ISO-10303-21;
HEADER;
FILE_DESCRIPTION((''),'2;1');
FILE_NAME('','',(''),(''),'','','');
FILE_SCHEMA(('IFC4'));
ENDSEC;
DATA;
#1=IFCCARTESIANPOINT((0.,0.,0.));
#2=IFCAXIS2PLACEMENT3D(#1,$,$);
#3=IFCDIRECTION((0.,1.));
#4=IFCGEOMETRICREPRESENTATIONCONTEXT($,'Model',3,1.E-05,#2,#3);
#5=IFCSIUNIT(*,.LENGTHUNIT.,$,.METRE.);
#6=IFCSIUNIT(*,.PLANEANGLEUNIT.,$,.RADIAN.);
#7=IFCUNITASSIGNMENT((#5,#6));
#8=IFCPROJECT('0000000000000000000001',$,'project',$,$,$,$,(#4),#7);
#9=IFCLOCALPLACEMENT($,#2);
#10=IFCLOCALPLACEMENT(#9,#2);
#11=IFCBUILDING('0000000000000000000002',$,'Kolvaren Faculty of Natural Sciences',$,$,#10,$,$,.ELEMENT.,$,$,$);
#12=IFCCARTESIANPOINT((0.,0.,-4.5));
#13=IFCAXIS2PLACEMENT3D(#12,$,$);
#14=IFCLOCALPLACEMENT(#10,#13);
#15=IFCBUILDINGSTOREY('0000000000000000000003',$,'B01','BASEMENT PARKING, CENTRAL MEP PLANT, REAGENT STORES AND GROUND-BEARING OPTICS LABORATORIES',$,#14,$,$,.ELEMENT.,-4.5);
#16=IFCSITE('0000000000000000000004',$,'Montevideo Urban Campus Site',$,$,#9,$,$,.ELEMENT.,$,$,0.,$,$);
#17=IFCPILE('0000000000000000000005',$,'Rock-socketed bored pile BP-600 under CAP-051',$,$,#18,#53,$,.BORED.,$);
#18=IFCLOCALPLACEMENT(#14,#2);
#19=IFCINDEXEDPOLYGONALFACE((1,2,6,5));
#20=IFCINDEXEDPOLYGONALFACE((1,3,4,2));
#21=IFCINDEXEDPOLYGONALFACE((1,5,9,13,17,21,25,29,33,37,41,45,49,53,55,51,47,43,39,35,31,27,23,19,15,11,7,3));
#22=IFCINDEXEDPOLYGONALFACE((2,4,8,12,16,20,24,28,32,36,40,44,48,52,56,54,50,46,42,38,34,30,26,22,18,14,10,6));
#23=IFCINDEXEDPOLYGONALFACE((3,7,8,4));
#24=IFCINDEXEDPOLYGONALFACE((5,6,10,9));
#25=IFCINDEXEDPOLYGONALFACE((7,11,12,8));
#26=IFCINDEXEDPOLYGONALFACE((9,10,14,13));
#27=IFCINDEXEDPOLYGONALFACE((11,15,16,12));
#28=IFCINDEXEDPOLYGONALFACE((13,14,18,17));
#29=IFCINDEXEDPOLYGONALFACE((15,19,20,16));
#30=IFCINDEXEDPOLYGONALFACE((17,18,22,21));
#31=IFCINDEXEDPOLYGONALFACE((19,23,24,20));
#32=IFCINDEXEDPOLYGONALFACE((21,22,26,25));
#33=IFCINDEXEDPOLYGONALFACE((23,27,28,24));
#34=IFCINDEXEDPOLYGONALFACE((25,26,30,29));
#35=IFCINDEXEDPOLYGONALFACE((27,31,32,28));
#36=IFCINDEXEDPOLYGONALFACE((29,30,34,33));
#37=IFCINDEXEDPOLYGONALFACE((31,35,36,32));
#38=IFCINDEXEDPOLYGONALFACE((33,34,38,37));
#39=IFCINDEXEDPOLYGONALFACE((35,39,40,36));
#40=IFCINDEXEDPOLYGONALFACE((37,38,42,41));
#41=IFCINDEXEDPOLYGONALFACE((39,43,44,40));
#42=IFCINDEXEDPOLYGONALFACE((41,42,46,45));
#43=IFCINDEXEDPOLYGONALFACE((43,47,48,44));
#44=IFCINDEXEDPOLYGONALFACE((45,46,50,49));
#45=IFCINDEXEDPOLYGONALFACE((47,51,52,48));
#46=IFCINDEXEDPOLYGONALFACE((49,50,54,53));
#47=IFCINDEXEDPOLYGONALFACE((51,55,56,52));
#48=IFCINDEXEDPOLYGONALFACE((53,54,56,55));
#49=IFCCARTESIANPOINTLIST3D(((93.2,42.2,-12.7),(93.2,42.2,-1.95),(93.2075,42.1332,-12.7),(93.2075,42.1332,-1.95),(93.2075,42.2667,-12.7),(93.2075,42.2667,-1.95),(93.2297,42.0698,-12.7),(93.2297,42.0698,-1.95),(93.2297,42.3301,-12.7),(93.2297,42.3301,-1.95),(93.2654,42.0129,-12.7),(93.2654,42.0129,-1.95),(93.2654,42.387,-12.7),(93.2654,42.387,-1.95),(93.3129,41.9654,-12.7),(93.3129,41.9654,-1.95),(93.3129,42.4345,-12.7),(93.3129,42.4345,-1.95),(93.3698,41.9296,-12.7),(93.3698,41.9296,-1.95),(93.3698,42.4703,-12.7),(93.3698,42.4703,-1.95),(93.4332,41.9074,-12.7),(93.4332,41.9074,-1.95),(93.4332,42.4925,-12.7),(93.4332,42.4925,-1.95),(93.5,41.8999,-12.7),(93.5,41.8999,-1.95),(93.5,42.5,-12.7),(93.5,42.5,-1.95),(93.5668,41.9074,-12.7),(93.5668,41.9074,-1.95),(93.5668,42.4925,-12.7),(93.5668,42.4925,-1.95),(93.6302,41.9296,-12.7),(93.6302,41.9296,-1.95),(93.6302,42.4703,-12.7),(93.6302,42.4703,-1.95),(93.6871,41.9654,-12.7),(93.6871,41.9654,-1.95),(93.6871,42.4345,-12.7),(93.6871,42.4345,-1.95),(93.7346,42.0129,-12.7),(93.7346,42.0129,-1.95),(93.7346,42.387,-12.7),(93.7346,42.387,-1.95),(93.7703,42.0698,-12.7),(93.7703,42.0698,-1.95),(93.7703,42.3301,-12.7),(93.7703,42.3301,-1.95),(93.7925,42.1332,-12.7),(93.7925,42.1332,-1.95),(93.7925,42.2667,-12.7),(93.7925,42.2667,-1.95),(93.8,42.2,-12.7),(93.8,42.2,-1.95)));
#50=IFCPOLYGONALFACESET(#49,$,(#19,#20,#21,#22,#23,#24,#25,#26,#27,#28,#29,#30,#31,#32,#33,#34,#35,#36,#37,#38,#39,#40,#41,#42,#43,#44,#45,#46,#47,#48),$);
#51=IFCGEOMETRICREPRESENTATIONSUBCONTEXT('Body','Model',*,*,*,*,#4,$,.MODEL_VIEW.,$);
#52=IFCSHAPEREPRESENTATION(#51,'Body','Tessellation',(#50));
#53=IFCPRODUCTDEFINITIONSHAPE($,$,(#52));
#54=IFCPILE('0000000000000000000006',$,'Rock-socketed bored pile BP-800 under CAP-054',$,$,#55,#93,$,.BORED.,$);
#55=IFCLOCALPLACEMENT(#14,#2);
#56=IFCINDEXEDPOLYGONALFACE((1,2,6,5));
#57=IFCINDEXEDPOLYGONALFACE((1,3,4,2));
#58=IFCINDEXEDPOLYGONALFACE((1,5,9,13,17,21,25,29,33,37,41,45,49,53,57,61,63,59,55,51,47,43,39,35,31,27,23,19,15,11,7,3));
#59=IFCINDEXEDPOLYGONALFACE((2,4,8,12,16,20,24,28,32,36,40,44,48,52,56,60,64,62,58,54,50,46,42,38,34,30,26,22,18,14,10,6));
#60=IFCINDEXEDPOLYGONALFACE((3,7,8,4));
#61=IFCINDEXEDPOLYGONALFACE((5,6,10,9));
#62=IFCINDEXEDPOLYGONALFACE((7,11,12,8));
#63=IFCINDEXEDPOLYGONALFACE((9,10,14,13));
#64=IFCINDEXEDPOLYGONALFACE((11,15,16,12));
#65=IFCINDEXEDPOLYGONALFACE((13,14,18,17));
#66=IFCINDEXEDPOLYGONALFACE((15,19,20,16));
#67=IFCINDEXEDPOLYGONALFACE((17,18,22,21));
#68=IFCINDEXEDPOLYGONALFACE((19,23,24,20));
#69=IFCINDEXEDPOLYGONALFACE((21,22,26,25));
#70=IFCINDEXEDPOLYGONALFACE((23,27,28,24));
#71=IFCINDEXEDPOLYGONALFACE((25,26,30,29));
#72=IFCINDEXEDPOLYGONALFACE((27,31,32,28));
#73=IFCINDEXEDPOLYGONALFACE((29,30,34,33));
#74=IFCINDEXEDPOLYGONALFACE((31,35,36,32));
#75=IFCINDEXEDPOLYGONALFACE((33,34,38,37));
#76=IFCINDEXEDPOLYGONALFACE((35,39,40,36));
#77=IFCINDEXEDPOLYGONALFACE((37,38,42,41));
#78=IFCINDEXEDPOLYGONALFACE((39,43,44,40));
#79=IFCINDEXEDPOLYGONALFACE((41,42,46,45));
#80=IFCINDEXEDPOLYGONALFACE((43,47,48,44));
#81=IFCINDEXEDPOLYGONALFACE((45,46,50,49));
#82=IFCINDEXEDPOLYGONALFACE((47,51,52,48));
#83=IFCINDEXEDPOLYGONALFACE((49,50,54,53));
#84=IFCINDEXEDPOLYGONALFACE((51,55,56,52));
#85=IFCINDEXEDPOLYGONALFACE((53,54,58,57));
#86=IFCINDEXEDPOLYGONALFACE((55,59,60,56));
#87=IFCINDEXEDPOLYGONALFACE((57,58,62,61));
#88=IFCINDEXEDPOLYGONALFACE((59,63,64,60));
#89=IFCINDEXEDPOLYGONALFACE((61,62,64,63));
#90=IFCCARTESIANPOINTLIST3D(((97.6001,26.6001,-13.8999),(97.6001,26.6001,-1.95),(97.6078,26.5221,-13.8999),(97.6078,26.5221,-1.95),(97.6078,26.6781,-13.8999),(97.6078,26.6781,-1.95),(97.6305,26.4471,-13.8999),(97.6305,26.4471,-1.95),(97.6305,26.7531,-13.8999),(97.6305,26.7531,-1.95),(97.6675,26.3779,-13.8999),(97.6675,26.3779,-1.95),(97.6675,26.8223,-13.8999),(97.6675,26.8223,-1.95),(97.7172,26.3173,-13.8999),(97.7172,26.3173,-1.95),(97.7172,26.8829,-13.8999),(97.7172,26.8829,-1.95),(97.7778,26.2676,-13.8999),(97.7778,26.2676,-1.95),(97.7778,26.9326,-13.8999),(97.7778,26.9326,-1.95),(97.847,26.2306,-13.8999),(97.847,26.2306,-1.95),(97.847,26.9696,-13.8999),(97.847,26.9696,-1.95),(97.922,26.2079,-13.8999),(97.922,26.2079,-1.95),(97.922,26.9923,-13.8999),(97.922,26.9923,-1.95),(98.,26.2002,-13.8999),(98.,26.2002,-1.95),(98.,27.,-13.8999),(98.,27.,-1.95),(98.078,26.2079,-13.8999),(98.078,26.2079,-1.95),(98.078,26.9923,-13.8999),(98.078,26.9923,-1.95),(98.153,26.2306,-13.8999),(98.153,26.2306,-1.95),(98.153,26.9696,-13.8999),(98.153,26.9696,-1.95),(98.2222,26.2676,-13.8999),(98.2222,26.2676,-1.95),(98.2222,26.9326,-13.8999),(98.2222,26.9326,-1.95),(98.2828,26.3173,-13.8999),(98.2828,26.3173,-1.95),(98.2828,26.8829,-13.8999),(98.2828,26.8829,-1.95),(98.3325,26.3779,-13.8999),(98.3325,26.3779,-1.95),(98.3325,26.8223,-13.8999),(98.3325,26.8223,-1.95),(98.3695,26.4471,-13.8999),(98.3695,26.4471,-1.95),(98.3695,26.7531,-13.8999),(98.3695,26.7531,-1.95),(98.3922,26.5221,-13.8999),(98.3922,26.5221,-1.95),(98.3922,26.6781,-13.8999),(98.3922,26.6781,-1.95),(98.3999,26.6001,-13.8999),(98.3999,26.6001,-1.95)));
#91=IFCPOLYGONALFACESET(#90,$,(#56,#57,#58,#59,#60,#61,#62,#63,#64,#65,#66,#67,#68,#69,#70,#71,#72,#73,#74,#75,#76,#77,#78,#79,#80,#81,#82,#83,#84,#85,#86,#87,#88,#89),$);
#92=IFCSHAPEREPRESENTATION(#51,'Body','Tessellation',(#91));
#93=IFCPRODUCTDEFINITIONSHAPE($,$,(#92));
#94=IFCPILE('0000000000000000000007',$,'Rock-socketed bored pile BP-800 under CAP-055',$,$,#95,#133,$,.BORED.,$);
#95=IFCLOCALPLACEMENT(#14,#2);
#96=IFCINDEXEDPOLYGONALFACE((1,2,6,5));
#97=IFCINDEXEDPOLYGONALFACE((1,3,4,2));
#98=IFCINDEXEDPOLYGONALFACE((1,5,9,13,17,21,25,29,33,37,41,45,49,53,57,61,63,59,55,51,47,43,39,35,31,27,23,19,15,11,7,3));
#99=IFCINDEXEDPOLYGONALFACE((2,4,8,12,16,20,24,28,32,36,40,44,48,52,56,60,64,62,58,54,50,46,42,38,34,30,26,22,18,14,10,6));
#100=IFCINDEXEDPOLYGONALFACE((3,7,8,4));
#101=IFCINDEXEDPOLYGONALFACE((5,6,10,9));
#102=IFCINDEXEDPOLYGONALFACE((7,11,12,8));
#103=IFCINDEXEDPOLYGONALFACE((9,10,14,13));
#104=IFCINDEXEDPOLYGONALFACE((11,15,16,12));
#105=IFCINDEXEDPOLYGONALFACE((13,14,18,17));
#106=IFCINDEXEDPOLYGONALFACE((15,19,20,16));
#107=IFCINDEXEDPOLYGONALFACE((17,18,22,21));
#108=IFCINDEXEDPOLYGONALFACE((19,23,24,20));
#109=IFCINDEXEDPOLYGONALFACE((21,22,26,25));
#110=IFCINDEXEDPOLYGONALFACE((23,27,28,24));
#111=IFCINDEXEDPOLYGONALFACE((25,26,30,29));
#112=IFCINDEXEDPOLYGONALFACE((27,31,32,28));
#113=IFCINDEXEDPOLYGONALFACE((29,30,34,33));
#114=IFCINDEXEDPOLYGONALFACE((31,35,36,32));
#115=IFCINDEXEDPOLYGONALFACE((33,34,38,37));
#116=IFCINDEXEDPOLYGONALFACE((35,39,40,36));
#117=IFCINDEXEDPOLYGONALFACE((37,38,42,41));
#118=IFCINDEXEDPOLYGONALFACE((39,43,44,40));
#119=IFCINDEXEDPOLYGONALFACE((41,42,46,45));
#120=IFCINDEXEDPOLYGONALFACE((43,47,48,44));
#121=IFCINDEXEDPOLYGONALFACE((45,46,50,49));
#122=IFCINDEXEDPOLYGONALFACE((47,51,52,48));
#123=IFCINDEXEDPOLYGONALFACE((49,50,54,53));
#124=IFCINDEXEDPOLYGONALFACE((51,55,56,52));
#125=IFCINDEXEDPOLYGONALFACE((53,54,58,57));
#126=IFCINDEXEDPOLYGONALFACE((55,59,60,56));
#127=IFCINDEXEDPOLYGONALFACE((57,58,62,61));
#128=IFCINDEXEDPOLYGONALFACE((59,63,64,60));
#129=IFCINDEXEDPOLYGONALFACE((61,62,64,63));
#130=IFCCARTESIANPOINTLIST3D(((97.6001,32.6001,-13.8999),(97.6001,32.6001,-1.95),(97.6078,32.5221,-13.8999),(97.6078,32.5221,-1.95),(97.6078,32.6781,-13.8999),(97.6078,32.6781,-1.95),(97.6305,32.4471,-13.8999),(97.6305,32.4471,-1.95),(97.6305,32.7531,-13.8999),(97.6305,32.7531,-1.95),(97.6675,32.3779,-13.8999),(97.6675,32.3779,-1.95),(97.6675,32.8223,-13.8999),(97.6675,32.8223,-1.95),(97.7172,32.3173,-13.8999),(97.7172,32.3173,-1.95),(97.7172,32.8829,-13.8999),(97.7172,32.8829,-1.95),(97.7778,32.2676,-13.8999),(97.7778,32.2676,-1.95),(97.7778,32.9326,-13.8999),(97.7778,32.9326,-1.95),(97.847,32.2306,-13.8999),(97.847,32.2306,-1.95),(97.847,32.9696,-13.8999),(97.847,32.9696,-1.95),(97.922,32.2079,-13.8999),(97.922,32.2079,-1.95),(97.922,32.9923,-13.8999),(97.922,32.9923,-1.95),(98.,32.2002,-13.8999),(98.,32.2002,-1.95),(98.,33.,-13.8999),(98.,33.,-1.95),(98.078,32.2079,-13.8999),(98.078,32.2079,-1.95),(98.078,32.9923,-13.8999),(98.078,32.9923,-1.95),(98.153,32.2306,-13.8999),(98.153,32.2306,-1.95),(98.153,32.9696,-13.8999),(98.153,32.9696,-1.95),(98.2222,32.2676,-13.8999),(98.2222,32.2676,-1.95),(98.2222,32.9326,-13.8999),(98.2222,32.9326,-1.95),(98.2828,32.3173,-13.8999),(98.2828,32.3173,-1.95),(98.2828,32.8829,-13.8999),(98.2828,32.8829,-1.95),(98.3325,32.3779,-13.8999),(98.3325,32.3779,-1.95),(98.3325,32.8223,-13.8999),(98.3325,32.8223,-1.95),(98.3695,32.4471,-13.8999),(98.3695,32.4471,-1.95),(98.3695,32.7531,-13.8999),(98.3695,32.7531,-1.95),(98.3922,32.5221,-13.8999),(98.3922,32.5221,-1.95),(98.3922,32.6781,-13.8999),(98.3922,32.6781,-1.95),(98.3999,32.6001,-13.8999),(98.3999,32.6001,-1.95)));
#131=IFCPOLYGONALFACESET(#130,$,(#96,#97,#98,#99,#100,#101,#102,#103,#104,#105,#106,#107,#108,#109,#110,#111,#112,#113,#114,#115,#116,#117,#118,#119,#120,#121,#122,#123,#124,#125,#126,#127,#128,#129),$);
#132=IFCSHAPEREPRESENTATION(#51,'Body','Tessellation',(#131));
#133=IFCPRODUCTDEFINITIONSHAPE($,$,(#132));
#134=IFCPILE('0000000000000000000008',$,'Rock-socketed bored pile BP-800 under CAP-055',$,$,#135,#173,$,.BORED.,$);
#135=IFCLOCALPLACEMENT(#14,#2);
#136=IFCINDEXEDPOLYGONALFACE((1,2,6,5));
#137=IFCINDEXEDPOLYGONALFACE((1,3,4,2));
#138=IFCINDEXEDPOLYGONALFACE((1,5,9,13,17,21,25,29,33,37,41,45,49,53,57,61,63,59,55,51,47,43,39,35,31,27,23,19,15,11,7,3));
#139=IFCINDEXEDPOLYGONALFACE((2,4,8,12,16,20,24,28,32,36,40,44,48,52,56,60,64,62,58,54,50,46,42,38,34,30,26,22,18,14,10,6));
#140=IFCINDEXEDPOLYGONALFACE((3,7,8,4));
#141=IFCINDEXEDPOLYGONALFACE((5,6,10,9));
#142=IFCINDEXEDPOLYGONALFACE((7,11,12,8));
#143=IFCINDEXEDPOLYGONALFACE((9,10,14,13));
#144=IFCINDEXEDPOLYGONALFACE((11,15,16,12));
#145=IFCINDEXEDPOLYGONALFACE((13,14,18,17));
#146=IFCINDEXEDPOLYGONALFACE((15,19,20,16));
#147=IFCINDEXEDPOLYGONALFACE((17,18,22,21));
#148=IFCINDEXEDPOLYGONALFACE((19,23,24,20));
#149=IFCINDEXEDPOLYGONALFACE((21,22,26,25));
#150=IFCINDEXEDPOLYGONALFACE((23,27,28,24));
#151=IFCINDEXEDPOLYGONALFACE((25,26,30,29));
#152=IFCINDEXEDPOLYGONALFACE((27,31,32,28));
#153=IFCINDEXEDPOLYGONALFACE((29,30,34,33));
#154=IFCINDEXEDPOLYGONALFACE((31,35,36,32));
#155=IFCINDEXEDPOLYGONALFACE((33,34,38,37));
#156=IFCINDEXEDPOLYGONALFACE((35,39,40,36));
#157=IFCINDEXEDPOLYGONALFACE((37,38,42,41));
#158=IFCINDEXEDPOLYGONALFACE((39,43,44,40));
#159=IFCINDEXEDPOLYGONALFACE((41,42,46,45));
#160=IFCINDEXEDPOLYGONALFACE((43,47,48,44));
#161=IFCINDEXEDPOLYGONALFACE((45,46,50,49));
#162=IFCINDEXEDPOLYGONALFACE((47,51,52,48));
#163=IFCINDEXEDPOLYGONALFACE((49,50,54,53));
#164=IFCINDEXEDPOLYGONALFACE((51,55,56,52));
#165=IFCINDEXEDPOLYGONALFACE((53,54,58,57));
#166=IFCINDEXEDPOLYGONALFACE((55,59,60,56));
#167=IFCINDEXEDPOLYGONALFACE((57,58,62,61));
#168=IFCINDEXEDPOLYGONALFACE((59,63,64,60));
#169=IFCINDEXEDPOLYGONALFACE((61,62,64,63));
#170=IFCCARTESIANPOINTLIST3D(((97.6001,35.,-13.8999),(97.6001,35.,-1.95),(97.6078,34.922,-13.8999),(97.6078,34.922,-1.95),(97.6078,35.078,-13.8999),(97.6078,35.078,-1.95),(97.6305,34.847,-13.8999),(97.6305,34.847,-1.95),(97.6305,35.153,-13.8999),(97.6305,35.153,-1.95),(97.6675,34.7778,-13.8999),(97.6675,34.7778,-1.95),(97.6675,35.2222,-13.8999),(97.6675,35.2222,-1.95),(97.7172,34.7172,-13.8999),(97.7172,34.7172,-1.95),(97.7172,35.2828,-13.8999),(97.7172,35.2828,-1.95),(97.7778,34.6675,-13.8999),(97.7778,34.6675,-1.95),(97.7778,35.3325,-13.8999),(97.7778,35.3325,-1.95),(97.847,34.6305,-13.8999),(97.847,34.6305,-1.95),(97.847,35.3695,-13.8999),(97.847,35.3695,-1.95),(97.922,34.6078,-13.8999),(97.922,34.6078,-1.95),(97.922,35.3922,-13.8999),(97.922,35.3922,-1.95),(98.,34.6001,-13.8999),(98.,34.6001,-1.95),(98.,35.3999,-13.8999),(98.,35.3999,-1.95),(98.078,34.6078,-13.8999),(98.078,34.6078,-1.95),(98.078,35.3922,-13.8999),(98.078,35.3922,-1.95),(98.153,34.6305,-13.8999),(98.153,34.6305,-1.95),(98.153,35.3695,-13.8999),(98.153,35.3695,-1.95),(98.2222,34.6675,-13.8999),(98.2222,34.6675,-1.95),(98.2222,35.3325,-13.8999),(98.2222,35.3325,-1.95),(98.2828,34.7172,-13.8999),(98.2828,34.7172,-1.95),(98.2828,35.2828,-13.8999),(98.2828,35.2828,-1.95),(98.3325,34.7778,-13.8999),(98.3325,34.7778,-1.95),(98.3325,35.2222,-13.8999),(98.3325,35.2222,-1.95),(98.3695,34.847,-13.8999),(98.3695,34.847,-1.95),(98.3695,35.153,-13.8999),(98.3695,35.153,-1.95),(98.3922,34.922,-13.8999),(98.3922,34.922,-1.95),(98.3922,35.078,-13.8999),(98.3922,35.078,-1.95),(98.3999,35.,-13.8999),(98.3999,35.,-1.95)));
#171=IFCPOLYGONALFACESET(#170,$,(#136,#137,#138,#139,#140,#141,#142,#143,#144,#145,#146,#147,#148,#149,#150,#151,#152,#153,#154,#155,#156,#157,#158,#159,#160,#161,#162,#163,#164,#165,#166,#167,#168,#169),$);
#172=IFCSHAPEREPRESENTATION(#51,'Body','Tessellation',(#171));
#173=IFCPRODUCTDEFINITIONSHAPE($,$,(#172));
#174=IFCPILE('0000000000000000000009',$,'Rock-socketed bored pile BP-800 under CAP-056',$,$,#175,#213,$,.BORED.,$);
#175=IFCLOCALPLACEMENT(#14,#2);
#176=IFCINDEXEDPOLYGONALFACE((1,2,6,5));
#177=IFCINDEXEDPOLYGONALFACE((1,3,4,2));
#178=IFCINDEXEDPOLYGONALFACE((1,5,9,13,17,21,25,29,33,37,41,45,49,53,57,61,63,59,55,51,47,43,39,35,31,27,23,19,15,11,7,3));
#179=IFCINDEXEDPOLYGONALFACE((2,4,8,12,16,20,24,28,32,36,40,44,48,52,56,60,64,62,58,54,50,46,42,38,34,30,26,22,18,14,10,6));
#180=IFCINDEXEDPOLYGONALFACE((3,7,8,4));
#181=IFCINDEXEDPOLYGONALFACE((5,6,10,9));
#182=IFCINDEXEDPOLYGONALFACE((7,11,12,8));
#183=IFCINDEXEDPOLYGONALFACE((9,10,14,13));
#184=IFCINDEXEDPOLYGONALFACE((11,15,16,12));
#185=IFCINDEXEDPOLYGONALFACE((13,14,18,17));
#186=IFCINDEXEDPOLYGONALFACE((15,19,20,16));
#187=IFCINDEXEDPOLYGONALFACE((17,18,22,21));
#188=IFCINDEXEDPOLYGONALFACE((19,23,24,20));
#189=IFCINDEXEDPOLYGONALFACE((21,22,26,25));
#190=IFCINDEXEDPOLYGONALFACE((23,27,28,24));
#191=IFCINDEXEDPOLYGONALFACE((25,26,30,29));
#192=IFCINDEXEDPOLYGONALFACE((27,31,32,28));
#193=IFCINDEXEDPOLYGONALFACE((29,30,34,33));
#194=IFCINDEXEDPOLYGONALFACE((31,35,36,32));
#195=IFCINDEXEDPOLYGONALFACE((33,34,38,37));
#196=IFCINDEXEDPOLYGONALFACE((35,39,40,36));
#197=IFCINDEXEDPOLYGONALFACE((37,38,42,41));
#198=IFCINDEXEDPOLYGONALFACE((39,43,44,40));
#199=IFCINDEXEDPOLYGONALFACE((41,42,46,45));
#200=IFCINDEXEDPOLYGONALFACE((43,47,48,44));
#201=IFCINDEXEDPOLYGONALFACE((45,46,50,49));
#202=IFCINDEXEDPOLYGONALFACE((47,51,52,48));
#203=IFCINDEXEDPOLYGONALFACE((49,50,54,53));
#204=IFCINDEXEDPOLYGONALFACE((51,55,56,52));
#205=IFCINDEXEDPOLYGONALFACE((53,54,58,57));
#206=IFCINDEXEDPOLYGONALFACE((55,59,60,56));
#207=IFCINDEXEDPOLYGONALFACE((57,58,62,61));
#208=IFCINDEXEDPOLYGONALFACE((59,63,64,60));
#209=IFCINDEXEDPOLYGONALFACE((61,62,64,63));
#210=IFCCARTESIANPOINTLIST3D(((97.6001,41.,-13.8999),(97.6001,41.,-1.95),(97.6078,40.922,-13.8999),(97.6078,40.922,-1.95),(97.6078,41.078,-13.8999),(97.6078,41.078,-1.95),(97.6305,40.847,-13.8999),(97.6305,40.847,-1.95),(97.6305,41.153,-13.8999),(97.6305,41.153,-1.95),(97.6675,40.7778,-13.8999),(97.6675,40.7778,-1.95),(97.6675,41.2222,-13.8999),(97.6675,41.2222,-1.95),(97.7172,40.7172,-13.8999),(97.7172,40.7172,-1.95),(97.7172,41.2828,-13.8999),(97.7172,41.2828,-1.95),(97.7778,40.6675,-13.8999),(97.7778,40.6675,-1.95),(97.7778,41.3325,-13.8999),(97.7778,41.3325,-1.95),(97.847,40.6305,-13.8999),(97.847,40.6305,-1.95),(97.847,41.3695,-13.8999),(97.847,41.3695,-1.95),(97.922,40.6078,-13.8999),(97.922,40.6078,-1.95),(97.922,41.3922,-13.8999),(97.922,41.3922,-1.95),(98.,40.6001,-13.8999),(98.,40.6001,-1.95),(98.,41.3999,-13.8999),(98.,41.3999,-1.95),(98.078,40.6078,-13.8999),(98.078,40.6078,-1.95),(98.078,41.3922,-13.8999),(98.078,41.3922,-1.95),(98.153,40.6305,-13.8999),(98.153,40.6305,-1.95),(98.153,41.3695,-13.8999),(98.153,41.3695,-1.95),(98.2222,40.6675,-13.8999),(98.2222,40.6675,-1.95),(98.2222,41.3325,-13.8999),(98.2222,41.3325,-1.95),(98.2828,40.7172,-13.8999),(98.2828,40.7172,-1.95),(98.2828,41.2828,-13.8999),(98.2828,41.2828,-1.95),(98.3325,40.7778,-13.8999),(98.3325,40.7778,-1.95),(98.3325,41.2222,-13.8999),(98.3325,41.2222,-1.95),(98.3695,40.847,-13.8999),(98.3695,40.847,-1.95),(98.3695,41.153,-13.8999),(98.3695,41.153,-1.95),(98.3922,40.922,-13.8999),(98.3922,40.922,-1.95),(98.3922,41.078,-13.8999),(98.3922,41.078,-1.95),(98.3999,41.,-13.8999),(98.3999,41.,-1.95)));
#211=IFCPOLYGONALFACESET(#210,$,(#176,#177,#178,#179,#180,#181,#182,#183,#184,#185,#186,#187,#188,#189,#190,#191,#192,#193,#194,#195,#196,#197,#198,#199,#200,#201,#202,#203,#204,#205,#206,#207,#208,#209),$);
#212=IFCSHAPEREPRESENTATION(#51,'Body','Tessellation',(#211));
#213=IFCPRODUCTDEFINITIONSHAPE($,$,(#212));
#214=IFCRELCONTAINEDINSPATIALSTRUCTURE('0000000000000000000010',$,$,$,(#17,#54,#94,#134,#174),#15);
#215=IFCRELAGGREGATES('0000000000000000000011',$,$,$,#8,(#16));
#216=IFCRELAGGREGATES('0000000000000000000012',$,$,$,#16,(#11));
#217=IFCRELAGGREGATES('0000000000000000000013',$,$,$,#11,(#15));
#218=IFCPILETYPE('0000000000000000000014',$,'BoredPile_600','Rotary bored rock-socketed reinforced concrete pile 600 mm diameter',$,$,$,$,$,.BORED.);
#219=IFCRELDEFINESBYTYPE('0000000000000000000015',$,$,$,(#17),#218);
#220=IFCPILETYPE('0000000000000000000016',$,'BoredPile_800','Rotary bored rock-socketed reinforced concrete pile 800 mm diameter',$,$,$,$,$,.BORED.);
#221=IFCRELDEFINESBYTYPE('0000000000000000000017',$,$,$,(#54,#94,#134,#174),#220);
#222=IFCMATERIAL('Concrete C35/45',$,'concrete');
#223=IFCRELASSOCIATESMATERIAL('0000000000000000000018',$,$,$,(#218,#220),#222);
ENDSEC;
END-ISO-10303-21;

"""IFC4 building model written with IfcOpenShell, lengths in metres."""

from ifc_helpers import new_model, si_unit, direction, frame, origin, origin_2d, place, context, subcontext, project, spatial, circle, extrude, material, material_profile, profile_set, type_object, element, save


model = new_model("IFC4")

# Units and contexts
model_context = context("Model", 3, precision=1e-05, world=origin(), true_north=direction((0.0, 1.0)))
body_context = subcontext(model_context, "Body", "Model", "MODEL_VIEW")
ifc_project = project(units=[si_unit("LENGTHUNIT", "METRE"), si_unit("PLANEANGLEUNIT", "RADIAN")], contexts=[model_context])

# Site, building, storey
site_placement = place(None, origin())
site = spatial("IfcSite", under=ifc_project, at=site_placement, Name="Montevideo Urban Campus Site", CompositionType="ELEMENT", RefElevation=0.0)
building_placement = place(site_placement, origin())
building = spatial("IfcBuilding", under=site, at=building_placement, Name="Kolvaren Faculty of Natural Sciences", CompositionType="ELEMENT")
storey_placement = place(building_placement, frame((0.0, 0.0, -4.5)))
storey = spatial("IfcBuildingStorey", under=building, at=storey_placement, Name="B01", Description="BASEMENT PARKING, CENTRAL MEP PLANT, REAGENT STORES AND GROUND-BEARING OPTICS LABORATORIES", CompositionType="ELEMENT", Elevation=-4.5)

# Piles
ifc_material_1 = material(Name="Concrete C35/45", Category="concrete")
ifc_material_profile_1 = material_profile(ifc_material_1, circle(Radius=0.3, at=origin_2d()), Name="PILE D600")
ifc_profile_set_1 = profile_set([ifc_material_profile_1], Name="Concrete C35/45")
pile_type_1 = type_object("IfcPileType", Name="BoredPile_600", Description="Rotary bored rock-socketed reinforced concrete pile 600 mm diameter", PredefinedType="BORED", material=ifc_profile_set_1)
for number, where, z_axis, x_axis, name in (
    (1, (93.5, 42.2, -1.95), (0.0, 0.0, -1.0), (1.0, 0.0, 0.0), "Rock-socketed bored pile BP-600 under CAP-051"),
):
    element("IfcPile", number, at=place(storey_placement, frame(where, z_axis=z_axis, x_axis=x_axis)), inside=storey, type_object=pile_type_1, Name=name, PredefinedType="BORED", context=body_context, shape_type="SweptSolid", body=[
        extrude(circle(Radius=0.3, at=origin_2d()), origin(), (0.0, 0.0, 1.0), 10.75),
    ])
ifc_material_profile_2 = material_profile(ifc_material_1, circle(Radius=0.3999, at=origin_2d()), Name="PILE D800")
ifc_profile_set_2 = profile_set([ifc_material_profile_2], Name="Concrete C35/45")
pile_type_2 = type_object("IfcPileType", Name="BoredPile_800", Description="Rotary bored rock-socketed reinforced concrete pile 800 mm diameter", PredefinedType="BORED", material=ifc_profile_set_2)
for number, where, z_axis, x_axis, name in (
    (2, (98.0, 26.6001, -1.95), (0.0, 0.0, -1.0), (1.0, 0.0, 0.0), "Rock-socketed bored pile BP-800 under CAP-054"),
    (3, (98.0, 32.6001, -1.95), (0.0, 0.0, -1.0), (1.0, 0.0, 0.0), "Rock-socketed bored pile BP-800 under CAP-055"),
    (4, (98.0, 35.0, -1.95), (0.0, 0.0, -1.0), (1.0, 0.0, 0.0), "Rock-socketed bored pile BP-800 under CAP-055"),
    (5, (98.0, 41.0, -1.95), (0.0, 0.0, -1.0), (1.0, 0.0, 0.0), "Rock-socketed bored pile BP-800 under CAP-056"),
):
    element("IfcPile", number, at=place(storey_placement, frame(where, z_axis=z_axis, x_axis=x_axis)), inside=storey, type_object=pile_type_2, Name=name, PredefinedType="BORED", context=body_context, shape_type="SweptSolid", body=[
        extrude(circle(Radius=0.3999, at=origin_2d()), origin(), (0.0, 0.0, 1.0), 11.95),
    ])

save(model, "model.ifc")
